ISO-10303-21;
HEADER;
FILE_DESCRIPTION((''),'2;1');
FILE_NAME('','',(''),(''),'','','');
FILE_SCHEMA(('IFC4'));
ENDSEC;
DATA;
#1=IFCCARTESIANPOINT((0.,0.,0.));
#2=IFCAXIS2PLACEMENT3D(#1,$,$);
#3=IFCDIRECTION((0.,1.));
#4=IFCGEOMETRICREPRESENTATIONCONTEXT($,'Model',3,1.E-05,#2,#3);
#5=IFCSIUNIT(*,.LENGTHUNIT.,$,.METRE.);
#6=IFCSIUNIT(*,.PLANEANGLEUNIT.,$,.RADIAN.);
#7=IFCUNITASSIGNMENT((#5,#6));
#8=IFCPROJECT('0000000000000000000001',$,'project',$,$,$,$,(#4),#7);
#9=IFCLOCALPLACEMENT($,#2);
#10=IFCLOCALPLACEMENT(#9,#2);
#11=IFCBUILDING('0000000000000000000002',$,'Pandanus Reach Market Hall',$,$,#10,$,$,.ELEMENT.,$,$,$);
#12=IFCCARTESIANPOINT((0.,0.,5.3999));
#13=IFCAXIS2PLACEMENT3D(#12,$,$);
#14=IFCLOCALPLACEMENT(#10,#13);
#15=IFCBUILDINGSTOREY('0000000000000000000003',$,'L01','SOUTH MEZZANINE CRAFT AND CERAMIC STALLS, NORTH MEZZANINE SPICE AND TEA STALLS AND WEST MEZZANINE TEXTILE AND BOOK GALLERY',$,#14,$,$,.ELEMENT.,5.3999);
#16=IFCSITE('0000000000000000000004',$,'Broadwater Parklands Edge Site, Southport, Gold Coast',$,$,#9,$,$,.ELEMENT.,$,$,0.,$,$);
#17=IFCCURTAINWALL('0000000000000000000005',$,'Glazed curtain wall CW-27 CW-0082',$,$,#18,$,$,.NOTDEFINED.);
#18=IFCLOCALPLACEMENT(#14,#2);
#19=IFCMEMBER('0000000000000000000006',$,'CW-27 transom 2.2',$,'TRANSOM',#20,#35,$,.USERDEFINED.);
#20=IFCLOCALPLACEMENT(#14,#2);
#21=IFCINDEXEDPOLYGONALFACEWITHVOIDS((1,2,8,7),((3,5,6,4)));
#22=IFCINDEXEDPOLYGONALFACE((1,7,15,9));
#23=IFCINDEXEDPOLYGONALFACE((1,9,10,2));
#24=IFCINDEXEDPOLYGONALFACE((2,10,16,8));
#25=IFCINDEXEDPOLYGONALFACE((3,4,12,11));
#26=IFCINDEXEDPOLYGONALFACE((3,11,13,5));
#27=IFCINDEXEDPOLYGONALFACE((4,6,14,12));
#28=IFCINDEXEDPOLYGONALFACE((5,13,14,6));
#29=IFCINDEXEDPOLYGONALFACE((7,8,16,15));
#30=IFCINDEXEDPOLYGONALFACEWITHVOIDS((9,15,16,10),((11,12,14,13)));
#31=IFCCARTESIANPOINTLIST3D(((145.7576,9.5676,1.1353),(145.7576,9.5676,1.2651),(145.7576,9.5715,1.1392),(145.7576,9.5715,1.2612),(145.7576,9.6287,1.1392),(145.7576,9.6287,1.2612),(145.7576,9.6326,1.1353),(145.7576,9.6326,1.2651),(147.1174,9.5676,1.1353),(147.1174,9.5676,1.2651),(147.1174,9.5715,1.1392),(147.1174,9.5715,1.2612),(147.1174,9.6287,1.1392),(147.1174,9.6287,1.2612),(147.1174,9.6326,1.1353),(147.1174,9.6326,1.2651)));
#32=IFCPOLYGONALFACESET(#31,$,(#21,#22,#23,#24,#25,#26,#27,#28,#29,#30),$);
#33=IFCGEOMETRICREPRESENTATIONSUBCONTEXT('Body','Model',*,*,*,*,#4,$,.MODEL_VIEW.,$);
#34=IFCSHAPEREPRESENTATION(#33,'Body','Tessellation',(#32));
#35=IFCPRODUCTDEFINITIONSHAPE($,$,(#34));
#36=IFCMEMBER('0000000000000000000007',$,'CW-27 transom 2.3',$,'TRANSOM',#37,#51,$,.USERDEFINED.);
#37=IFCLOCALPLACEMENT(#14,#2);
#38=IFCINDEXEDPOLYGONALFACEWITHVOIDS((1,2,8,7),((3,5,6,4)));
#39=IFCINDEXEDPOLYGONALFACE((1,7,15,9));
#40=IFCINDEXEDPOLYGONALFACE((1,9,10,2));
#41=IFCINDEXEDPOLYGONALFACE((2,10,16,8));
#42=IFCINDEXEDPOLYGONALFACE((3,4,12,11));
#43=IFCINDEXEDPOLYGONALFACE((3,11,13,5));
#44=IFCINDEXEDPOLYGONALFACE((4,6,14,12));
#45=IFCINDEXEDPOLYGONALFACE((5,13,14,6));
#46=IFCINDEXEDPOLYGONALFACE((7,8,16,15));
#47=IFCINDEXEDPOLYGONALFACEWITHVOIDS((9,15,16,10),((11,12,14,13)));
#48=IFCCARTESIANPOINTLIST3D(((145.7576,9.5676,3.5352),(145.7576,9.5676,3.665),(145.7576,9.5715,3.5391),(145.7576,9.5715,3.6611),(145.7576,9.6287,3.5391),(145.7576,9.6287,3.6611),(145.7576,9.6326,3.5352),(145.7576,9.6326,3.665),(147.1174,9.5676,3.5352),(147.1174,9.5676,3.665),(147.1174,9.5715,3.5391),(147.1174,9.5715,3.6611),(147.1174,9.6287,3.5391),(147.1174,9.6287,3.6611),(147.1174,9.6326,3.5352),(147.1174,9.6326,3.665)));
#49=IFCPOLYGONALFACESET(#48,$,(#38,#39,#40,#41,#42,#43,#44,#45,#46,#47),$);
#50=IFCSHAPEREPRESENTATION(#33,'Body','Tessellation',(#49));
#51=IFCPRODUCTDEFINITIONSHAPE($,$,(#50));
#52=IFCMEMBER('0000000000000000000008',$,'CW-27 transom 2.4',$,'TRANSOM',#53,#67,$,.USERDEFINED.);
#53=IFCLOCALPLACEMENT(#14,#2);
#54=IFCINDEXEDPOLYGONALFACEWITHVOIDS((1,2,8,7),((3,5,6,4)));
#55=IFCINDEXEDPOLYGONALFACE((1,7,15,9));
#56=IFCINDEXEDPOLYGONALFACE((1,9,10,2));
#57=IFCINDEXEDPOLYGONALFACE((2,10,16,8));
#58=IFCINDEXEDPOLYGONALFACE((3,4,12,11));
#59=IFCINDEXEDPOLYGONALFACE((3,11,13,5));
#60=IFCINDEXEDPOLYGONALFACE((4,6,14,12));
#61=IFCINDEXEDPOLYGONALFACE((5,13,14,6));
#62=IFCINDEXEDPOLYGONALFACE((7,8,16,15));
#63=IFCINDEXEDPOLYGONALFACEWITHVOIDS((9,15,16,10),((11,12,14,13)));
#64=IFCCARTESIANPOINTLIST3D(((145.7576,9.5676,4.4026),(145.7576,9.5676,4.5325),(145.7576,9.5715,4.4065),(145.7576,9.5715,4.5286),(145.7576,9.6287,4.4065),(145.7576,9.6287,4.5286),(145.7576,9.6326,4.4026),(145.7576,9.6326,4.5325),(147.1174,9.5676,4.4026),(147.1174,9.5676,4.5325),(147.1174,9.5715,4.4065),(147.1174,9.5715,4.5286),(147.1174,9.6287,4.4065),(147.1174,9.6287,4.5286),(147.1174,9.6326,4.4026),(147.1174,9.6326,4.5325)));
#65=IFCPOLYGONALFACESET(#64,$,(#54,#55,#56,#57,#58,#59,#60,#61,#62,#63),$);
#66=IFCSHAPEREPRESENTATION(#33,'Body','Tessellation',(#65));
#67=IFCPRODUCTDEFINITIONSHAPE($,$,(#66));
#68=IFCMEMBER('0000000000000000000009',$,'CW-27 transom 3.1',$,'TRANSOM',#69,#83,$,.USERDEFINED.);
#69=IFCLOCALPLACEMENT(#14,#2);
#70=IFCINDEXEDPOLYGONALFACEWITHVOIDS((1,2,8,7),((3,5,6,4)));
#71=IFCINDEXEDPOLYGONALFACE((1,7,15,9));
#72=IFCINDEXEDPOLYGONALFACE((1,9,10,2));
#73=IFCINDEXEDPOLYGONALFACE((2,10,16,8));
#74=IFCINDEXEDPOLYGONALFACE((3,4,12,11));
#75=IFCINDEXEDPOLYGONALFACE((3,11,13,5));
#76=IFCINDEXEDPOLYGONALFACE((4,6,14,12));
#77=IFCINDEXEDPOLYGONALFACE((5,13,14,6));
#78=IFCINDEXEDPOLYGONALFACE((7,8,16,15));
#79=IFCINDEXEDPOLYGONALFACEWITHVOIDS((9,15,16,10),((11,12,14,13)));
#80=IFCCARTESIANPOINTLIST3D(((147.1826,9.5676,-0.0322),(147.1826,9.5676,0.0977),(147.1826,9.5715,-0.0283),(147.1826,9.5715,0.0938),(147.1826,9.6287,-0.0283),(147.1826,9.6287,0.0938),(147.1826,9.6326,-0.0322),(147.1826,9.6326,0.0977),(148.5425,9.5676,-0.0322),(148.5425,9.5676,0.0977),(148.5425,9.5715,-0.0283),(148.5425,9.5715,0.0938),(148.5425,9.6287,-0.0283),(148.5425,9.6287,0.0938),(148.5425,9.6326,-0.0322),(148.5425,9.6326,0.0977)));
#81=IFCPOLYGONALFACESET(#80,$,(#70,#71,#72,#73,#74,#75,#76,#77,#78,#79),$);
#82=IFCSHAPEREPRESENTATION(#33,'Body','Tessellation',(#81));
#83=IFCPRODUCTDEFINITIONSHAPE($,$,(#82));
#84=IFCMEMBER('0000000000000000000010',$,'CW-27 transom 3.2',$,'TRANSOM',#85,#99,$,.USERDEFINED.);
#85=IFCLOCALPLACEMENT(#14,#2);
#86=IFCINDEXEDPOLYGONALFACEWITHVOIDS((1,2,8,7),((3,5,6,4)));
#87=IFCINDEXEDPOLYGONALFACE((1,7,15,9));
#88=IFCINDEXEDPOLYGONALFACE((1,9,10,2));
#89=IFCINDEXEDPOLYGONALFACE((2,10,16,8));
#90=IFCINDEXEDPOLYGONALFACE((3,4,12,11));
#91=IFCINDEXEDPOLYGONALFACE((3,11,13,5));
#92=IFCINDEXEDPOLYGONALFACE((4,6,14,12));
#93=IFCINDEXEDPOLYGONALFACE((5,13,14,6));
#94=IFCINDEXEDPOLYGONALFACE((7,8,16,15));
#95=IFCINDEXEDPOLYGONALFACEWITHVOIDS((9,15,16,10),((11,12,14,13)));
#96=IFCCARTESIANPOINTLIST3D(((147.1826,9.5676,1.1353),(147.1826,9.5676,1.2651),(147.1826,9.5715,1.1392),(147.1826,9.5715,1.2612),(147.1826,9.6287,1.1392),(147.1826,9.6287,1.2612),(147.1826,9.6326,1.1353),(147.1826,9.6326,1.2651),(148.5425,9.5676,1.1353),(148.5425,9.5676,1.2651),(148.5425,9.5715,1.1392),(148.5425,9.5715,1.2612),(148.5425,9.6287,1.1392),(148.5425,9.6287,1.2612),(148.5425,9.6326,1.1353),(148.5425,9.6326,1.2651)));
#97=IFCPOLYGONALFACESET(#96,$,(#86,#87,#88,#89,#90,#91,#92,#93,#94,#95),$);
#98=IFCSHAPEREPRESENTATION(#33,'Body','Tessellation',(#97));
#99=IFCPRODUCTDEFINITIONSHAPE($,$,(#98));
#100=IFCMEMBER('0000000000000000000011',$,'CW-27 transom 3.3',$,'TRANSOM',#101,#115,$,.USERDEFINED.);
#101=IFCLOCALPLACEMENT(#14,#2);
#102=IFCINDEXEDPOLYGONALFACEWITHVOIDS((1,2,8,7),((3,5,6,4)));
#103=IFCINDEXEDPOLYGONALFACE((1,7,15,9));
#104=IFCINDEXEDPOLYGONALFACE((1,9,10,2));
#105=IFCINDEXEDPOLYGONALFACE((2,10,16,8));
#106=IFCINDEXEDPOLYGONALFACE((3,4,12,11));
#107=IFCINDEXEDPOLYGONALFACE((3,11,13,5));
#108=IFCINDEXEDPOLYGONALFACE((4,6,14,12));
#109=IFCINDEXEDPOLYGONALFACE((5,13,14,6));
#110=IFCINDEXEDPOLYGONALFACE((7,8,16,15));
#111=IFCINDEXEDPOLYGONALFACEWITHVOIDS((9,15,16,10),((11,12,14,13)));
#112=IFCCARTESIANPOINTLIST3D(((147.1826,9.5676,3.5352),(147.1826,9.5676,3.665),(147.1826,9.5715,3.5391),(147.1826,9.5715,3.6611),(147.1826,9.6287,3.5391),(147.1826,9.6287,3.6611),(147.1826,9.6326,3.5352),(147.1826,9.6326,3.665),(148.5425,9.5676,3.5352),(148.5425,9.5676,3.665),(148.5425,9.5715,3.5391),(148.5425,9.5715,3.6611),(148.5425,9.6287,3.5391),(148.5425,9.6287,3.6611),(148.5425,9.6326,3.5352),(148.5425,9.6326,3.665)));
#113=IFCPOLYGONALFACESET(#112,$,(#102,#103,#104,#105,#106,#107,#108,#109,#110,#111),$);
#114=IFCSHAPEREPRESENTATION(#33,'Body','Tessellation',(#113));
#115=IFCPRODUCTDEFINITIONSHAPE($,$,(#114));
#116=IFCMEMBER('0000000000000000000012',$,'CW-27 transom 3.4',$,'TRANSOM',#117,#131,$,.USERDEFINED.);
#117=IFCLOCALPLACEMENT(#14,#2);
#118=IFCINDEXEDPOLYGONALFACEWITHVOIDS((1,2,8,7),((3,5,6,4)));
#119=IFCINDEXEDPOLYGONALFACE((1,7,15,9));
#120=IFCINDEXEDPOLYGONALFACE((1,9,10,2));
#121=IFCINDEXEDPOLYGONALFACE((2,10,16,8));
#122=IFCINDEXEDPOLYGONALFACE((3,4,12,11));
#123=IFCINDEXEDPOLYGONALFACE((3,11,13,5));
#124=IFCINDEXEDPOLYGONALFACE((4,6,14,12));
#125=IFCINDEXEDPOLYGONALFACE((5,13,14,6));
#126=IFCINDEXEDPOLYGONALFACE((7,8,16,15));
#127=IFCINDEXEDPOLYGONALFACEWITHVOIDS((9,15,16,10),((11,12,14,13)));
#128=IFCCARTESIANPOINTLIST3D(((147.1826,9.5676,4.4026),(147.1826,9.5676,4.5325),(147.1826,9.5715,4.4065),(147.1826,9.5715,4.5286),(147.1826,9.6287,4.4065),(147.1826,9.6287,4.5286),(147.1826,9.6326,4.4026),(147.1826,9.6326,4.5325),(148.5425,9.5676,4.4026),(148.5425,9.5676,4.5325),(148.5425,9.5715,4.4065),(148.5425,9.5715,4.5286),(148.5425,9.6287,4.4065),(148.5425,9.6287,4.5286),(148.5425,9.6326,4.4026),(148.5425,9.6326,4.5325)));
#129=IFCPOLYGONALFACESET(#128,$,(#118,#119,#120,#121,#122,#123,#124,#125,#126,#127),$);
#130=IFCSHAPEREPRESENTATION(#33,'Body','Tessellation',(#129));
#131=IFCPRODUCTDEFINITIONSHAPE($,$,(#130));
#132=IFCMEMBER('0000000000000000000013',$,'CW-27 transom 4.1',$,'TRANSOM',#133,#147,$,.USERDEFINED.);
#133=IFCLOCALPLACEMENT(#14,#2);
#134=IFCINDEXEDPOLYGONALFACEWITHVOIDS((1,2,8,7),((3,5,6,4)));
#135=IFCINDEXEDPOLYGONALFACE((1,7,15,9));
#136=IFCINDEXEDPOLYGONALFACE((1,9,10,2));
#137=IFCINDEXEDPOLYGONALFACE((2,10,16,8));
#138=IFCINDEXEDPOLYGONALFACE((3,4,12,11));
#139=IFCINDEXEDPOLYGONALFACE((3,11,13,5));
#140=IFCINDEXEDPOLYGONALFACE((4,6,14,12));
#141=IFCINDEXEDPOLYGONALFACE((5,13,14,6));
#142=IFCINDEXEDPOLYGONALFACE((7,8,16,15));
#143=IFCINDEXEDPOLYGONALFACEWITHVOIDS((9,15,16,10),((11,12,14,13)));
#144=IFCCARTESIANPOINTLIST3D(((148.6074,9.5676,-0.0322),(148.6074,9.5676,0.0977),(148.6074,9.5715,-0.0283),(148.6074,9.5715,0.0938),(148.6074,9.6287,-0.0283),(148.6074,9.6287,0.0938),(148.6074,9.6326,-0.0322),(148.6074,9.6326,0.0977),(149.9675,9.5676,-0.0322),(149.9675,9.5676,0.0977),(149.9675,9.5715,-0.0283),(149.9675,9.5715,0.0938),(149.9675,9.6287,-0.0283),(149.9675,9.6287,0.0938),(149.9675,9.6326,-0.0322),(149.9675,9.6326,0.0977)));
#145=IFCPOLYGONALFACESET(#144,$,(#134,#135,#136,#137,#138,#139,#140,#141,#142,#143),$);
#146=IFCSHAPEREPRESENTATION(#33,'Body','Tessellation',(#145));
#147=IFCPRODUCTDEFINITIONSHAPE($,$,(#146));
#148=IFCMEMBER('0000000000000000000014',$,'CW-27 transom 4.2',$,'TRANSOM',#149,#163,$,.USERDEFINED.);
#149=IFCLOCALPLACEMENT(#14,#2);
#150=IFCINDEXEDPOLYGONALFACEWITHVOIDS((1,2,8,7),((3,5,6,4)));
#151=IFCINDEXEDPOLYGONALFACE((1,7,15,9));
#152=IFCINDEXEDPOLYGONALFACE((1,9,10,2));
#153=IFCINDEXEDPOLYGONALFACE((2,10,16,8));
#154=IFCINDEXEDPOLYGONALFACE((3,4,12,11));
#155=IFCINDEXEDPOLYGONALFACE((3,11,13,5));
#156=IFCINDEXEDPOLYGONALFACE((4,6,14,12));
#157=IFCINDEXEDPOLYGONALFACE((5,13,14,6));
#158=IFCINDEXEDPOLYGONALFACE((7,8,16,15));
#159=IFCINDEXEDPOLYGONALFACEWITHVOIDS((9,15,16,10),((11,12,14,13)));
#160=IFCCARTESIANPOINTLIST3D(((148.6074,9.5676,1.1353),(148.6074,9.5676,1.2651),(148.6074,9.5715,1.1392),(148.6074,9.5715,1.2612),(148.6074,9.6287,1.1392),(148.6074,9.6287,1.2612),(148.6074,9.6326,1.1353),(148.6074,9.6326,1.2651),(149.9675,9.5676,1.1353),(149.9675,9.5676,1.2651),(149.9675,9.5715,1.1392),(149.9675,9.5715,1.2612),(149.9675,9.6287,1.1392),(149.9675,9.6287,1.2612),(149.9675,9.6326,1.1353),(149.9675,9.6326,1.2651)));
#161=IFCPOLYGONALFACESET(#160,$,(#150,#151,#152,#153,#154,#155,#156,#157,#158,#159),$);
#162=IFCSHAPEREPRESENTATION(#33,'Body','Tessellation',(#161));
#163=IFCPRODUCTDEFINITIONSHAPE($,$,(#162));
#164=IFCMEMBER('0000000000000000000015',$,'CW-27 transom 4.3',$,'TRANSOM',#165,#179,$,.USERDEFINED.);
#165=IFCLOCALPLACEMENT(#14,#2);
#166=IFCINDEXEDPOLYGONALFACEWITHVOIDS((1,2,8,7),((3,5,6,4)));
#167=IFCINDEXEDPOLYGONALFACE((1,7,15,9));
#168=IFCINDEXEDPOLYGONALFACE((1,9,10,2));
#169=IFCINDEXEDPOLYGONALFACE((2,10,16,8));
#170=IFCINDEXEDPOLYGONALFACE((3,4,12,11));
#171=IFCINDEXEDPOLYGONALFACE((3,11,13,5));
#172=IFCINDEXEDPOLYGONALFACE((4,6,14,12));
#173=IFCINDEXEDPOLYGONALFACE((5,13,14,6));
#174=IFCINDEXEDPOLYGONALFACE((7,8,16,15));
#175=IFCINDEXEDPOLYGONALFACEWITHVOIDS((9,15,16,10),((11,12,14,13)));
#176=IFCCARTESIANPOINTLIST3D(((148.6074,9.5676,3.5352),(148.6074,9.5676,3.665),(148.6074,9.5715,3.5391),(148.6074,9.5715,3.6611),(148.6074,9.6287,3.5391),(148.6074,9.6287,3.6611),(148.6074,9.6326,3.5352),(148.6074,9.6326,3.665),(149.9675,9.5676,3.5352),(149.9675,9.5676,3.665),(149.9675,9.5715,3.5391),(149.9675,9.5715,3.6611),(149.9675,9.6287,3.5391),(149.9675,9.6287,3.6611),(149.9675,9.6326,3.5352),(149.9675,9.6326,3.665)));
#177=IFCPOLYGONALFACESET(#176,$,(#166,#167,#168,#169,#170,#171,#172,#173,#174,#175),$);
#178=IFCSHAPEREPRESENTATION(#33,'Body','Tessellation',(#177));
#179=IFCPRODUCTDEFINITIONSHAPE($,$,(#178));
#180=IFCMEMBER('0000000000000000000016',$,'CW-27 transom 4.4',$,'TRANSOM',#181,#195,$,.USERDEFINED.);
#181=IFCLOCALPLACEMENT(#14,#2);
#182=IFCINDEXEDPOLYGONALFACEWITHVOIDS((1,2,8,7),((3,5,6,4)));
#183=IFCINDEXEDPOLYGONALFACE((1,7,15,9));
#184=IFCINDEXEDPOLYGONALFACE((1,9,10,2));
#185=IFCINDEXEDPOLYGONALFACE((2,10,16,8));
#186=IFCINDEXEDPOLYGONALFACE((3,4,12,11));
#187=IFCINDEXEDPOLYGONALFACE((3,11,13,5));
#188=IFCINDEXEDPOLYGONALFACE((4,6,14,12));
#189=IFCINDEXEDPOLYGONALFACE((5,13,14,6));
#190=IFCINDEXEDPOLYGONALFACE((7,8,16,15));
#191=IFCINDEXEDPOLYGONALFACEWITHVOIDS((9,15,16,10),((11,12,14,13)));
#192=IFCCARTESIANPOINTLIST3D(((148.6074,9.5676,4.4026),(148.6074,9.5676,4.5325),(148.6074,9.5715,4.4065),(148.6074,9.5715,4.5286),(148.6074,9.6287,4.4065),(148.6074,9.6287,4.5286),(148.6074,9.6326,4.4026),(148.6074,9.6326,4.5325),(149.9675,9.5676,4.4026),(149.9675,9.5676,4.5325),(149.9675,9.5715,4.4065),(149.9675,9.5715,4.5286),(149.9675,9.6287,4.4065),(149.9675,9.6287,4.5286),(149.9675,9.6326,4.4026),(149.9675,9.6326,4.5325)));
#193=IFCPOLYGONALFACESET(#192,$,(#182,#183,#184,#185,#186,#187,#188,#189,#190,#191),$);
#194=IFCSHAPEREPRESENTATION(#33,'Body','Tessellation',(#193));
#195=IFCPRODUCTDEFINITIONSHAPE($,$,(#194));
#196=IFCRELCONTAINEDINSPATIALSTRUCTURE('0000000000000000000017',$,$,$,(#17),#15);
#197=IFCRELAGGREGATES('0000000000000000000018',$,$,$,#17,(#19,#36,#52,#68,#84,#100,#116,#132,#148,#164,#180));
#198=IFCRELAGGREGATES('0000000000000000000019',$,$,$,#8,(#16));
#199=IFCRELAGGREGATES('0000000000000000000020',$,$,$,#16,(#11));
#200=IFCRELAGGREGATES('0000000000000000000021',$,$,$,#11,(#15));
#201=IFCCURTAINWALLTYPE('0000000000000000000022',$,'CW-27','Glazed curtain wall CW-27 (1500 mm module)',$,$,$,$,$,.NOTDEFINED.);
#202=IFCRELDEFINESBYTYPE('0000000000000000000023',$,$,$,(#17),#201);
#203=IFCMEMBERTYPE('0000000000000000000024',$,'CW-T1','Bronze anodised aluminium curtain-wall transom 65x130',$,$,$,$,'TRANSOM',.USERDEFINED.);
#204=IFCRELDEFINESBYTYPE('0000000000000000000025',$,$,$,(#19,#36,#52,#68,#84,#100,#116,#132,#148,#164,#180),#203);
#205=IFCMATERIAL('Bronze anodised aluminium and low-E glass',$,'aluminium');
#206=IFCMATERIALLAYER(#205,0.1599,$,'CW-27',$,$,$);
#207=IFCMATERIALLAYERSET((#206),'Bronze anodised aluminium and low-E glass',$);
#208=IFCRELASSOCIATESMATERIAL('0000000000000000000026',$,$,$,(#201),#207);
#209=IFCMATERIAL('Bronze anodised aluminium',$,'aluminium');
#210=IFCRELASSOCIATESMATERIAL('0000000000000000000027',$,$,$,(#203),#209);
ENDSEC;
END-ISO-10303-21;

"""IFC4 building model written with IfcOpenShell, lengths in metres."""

from ifc_helpers import new_model, si_unit, direction, frame, origin, origin_2d, place, context, subcontext, project, spatial, hollow_rectangle, extrude, material, layer, layer_set, material_profile, profile_set, type_object, element, aggregate, save


model = new_model("IFC4")

# Units and contexts
model_context = context("Model", 3, precision=1e-05, world=origin(), true_north=direction((0.0, 1.0)))
body_context = subcontext(model_context, "Body", "Model", "MODEL_VIEW")
ifc_project = project(units=[si_unit("LENGTHUNIT", "METRE"), si_unit("PLANEANGLEUNIT", "RADIAN")], contexts=[model_context])

# Site, building, storey
site_placement = place(None, origin())
site = spatial("IfcSite", under=ifc_project, at=site_placement, Name="Broadwater Parklands Edge Site, Southport, Gold Coast", CompositionType="ELEMENT", RefElevation=0.0)
building_placement = place(site_placement, origin())
building = spatial("IfcBuilding", under=site, at=building_placement, Name="Pandanus Reach Market Hall", CompositionType="ELEMENT")
storey_placement = place(building_placement, frame((0.0, 0.0, 5.3999)))
storey = spatial("IfcBuildingStorey", under=building, at=storey_placement, Name="L01", Description="SOUTH MEZZANINE CRAFT AND CERAMIC STALLS, NORTH MEZZANINE SPICE AND TEA STALLS AND WEST MEZZANINE TEXTILE AND BOOK GALLERY", CompositionType="ELEMENT", Elevation=5.3999)

# Curtain wall, members
ifc_material_1 = material(Name="Bronze anodised aluminium and low-E glass", Category="aluminium")
ifc_layer_1 = layer(ifc_material_1, 0.1599, Name="CW-27")
ifc_layer_set_1 = layer_set([ifc_layer_1], Name="Bronze anodised aluminium and low-E glass")
curtain_wall_type = type_object("IfcCurtainWallType", Name="CW-27", Description="Glazed curtain wall CW-27 (1500 mm module)", PredefinedType="NOTDEFINED", material=ifc_layer_set_1)
curtain_wall_placement = place(storey_placement, origin())
curtain_wall = element("IfcCurtainWall", 1, at=curtain_wall_placement, inside=storey, type_object=curtain_wall_type, Name="Glazed curtain wall CW-27 CW-0082", PredefinedType="NOTDEFINED")
ifc_material_2 = material(Name="Bronze anodised aluminium", Category="aluminium")
ifc_material_profile_1 = material_profile(ifc_material_2, hollow_rectangle(XDim=0.0649, YDim=0.1299, WallThickness=0.0039, at=origin_2d()), Name="ALU65x130", Category="LoadBearing")
ifc_profile_set_1 = profile_set([ifc_material_profile_1], Name="Bronze anodised aluminium")
member_type_1 = type_object("IfcMemberType", Name="CW-T1", Description="Bronze anodised aluminium curtain-wall transom 65x130", ElementType="TRANSOM", PredefinedType="USERDEFINED", material=ifc_profile_set_1)
member_1_placement = place(storey_placement, frame((145.7576, 9.6001, 1.2002), z_axis=(1.0, 0.0, 0.0), x_axis=(0.0, 1.0, 0.0)))
member_1 = element("IfcMember", 2, at=member_1_placement, type_object=member_type_1, Name="CW-27 transom 2.2", ObjectType="TRANSOM", PredefinedType="USERDEFINED", context=body_context, shape_type="SweptSolid", body=[
    extrude(hollow_rectangle(XDim=0.0649, YDim=0.1299, WallThickness=0.0039, at=origin_2d()), origin(), (0.0, 0.0, 1.0), 1.3599),
])
member_2_placement = place(storey_placement, frame((145.7576, 9.6001, 3.6001), z_axis=(1.0, 0.0, 0.0), x_axis=(0.0, 1.0, 0.0)))
member_2 = element("IfcMember", 3, at=member_2_placement, type_object=member_type_1, Name="CW-27 transom 2.3", ObjectType="TRANSOM", PredefinedType="USERDEFINED", context=body_context, shape_type="SweptSolid", body=[
    extrude(hollow_rectangle(XDim=0.0649, YDim=0.1299, WallThickness=0.0039, at=origin_2d()), origin(), (0.0, 0.0, 1.0), 1.3599),
])
member_3_placement = place(storey_placement, frame((145.7576, 9.6001, 4.4675), z_axis=(1.0, 0.0, 0.0), x_axis=(0.0, 1.0, 0.0)))
member_3 = element("IfcMember", 4, at=member_3_placement, type_object=member_type_1, Name="CW-27 transom 2.4", ObjectType="TRANSOM", PredefinedType="USERDEFINED", context=body_context, shape_type="SweptSolid", body=[
    extrude(hollow_rectangle(XDim=0.0649, YDim=0.1299, WallThickness=0.0039, at=origin_2d()), origin(), (0.0, 0.0, 1.0), 1.3599),
])
member_4_placement = place(storey_placement, frame((147.1826, 9.6001, 0.0327), z_axis=(1.0, 0.0, 0.0), x_axis=(0.0, 1.0, 0.0)))
member_4 = element("IfcMember", 5, at=member_4_placement, type_object=member_type_1, Name="CW-27 transom 3.1", ObjectType="TRANSOM", PredefinedType="USERDEFINED", context=body_context, shape_type="SweptSolid", body=[
    extrude(hollow_rectangle(XDim=0.0649, YDim=0.1299, WallThickness=0.0039, at=origin_2d()), origin(), (0.0, 0.0, 1.0), 1.3599),
])
member_5_placement = place(storey_placement, frame((147.1826, 9.6001, 1.2002), z_axis=(1.0, 0.0, 0.0), x_axis=(0.0, 1.0, 0.0)))
member_5 = element("IfcMember", 6, at=member_5_placement, type_object=member_type_1, Name="CW-27 transom 3.2", ObjectType="TRANSOM", PredefinedType="USERDEFINED", context=body_context, shape_type="SweptSolid", body=[
    extrude(hollow_rectangle(XDim=0.0649, YDim=0.1299, WallThickness=0.0039, at=origin_2d()), origin(), (0.0, 0.0, 1.0), 1.3599),
])
member_6_placement = place(storey_placement, frame((147.1826, 9.6001, 3.6001), z_axis=(1.0, 0.0, 0.0), x_axis=(0.0, 1.0, 0.0)))
member_6 = element("IfcMember", 7, at=member_6_placement, type_object=member_type_1, Name="CW-27 transom 3.3", ObjectType="TRANSOM", PredefinedType="USERDEFINED", context=body_context, shape_type="SweptSolid", body=[
    extrude(hollow_rectangle(XDim=0.0649, YDim=0.1299, WallThickness=0.0039, at=origin_2d()), origin(), (0.0, 0.0, 1.0), 1.3599),
])
member_7_placement = place(storey_placement, frame((147.1826, 9.6001, 4.4675), z_axis=(1.0, 0.0, 0.0), x_axis=(0.0, 1.0, 0.0)))
member_7 = element("IfcMember", 8, at=member_7_placement, type_object=member_type_1, Name="CW-27 transom 3.4", ObjectType="TRANSOM", PredefinedType="USERDEFINED", context=body_context, shape_type="SweptSolid", body=[
    extrude(hollow_rectangle(XDim=0.0649, YDim=0.1299, WallThickness=0.0039, at=origin_2d()), origin(), (0.0, 0.0, 1.0), 1.3599),
])
member_8_placement = place(storey_placement, frame((148.6074, 9.6001, 0.0327), z_axis=(1.0, 0.0, 0.0), x_axis=(0.0, 1.0, 0.0)))
member_8 = element("IfcMember", 9, at=member_8_placement, type_object=member_type_1, Name="CW-27 transom 4.1", ObjectType="TRANSOM", PredefinedType="USERDEFINED", context=body_context, shape_type="SweptSolid", body=[
    extrude(hollow_rectangle(XDim=0.0649, YDim=0.1299, WallThickness=0.0039, at=origin_2d()), origin(), (0.0, 0.0, 1.0), 1.3601),
])
member_9_placement = place(storey_placement, frame((148.6074, 9.6001, 1.2002), z_axis=(1.0, 0.0, 0.0), x_axis=(0.0, 1.0, 0.0)))
member_9 = element("IfcMember", 10, at=member_9_placement, type_object=member_type_1, Name="CW-27 transom 4.2", ObjectType="TRANSOM", PredefinedType="USERDEFINED", context=body_context, shape_type="SweptSolid", body=[
    extrude(hollow_rectangle(XDim=0.0649, YDim=0.1299, WallThickness=0.0039, at=origin_2d()), origin(), (0.0, 0.0, 1.0), 1.3601),
])
member_10_placement = place(storey_placement, frame((148.6074, 9.6001, 3.6001), z_axis=(1.0, 0.0, 0.0), x_axis=(0.0, 1.0, 0.0)))
member_10 = element("IfcMember", 11, at=member_10_placement, type_object=member_type_1, Name="CW-27 transom 4.3", ObjectType="TRANSOM", PredefinedType="USERDEFINED", context=body_context, shape_type="SweptSolid", body=[
    extrude(hollow_rectangle(XDim=0.0649, YDim=0.1299, WallThickness=0.0039, at=origin_2d()), origin(), (0.0, 0.0, 1.0), 1.3601),
])
member_11_placement = place(storey_placement, frame((148.6074, 9.6001, 4.4675), z_axis=(1.0, 0.0, 0.0), x_axis=(0.0, 1.0, 0.0)))
member_11 = element("IfcMember", 12, at=member_11_placement, type_object=member_type_1, Name="CW-27 transom 4.4", ObjectType="TRANSOM", PredefinedType="USERDEFINED", context=body_context, shape_type="SweptSolid", body=[
    extrude(hollow_rectangle(XDim=0.0649, YDim=0.1299, WallThickness=0.0039, at=origin_2d()), origin(), (0.0, 0.0, 1.0), 1.3601),
])
aggregate(curtain_wall, [member_1, member_2, member_3, member_4, member_5, member_6, member_7, member_8, member_9, member_10, member_11])

save(model, "model.ifc")
